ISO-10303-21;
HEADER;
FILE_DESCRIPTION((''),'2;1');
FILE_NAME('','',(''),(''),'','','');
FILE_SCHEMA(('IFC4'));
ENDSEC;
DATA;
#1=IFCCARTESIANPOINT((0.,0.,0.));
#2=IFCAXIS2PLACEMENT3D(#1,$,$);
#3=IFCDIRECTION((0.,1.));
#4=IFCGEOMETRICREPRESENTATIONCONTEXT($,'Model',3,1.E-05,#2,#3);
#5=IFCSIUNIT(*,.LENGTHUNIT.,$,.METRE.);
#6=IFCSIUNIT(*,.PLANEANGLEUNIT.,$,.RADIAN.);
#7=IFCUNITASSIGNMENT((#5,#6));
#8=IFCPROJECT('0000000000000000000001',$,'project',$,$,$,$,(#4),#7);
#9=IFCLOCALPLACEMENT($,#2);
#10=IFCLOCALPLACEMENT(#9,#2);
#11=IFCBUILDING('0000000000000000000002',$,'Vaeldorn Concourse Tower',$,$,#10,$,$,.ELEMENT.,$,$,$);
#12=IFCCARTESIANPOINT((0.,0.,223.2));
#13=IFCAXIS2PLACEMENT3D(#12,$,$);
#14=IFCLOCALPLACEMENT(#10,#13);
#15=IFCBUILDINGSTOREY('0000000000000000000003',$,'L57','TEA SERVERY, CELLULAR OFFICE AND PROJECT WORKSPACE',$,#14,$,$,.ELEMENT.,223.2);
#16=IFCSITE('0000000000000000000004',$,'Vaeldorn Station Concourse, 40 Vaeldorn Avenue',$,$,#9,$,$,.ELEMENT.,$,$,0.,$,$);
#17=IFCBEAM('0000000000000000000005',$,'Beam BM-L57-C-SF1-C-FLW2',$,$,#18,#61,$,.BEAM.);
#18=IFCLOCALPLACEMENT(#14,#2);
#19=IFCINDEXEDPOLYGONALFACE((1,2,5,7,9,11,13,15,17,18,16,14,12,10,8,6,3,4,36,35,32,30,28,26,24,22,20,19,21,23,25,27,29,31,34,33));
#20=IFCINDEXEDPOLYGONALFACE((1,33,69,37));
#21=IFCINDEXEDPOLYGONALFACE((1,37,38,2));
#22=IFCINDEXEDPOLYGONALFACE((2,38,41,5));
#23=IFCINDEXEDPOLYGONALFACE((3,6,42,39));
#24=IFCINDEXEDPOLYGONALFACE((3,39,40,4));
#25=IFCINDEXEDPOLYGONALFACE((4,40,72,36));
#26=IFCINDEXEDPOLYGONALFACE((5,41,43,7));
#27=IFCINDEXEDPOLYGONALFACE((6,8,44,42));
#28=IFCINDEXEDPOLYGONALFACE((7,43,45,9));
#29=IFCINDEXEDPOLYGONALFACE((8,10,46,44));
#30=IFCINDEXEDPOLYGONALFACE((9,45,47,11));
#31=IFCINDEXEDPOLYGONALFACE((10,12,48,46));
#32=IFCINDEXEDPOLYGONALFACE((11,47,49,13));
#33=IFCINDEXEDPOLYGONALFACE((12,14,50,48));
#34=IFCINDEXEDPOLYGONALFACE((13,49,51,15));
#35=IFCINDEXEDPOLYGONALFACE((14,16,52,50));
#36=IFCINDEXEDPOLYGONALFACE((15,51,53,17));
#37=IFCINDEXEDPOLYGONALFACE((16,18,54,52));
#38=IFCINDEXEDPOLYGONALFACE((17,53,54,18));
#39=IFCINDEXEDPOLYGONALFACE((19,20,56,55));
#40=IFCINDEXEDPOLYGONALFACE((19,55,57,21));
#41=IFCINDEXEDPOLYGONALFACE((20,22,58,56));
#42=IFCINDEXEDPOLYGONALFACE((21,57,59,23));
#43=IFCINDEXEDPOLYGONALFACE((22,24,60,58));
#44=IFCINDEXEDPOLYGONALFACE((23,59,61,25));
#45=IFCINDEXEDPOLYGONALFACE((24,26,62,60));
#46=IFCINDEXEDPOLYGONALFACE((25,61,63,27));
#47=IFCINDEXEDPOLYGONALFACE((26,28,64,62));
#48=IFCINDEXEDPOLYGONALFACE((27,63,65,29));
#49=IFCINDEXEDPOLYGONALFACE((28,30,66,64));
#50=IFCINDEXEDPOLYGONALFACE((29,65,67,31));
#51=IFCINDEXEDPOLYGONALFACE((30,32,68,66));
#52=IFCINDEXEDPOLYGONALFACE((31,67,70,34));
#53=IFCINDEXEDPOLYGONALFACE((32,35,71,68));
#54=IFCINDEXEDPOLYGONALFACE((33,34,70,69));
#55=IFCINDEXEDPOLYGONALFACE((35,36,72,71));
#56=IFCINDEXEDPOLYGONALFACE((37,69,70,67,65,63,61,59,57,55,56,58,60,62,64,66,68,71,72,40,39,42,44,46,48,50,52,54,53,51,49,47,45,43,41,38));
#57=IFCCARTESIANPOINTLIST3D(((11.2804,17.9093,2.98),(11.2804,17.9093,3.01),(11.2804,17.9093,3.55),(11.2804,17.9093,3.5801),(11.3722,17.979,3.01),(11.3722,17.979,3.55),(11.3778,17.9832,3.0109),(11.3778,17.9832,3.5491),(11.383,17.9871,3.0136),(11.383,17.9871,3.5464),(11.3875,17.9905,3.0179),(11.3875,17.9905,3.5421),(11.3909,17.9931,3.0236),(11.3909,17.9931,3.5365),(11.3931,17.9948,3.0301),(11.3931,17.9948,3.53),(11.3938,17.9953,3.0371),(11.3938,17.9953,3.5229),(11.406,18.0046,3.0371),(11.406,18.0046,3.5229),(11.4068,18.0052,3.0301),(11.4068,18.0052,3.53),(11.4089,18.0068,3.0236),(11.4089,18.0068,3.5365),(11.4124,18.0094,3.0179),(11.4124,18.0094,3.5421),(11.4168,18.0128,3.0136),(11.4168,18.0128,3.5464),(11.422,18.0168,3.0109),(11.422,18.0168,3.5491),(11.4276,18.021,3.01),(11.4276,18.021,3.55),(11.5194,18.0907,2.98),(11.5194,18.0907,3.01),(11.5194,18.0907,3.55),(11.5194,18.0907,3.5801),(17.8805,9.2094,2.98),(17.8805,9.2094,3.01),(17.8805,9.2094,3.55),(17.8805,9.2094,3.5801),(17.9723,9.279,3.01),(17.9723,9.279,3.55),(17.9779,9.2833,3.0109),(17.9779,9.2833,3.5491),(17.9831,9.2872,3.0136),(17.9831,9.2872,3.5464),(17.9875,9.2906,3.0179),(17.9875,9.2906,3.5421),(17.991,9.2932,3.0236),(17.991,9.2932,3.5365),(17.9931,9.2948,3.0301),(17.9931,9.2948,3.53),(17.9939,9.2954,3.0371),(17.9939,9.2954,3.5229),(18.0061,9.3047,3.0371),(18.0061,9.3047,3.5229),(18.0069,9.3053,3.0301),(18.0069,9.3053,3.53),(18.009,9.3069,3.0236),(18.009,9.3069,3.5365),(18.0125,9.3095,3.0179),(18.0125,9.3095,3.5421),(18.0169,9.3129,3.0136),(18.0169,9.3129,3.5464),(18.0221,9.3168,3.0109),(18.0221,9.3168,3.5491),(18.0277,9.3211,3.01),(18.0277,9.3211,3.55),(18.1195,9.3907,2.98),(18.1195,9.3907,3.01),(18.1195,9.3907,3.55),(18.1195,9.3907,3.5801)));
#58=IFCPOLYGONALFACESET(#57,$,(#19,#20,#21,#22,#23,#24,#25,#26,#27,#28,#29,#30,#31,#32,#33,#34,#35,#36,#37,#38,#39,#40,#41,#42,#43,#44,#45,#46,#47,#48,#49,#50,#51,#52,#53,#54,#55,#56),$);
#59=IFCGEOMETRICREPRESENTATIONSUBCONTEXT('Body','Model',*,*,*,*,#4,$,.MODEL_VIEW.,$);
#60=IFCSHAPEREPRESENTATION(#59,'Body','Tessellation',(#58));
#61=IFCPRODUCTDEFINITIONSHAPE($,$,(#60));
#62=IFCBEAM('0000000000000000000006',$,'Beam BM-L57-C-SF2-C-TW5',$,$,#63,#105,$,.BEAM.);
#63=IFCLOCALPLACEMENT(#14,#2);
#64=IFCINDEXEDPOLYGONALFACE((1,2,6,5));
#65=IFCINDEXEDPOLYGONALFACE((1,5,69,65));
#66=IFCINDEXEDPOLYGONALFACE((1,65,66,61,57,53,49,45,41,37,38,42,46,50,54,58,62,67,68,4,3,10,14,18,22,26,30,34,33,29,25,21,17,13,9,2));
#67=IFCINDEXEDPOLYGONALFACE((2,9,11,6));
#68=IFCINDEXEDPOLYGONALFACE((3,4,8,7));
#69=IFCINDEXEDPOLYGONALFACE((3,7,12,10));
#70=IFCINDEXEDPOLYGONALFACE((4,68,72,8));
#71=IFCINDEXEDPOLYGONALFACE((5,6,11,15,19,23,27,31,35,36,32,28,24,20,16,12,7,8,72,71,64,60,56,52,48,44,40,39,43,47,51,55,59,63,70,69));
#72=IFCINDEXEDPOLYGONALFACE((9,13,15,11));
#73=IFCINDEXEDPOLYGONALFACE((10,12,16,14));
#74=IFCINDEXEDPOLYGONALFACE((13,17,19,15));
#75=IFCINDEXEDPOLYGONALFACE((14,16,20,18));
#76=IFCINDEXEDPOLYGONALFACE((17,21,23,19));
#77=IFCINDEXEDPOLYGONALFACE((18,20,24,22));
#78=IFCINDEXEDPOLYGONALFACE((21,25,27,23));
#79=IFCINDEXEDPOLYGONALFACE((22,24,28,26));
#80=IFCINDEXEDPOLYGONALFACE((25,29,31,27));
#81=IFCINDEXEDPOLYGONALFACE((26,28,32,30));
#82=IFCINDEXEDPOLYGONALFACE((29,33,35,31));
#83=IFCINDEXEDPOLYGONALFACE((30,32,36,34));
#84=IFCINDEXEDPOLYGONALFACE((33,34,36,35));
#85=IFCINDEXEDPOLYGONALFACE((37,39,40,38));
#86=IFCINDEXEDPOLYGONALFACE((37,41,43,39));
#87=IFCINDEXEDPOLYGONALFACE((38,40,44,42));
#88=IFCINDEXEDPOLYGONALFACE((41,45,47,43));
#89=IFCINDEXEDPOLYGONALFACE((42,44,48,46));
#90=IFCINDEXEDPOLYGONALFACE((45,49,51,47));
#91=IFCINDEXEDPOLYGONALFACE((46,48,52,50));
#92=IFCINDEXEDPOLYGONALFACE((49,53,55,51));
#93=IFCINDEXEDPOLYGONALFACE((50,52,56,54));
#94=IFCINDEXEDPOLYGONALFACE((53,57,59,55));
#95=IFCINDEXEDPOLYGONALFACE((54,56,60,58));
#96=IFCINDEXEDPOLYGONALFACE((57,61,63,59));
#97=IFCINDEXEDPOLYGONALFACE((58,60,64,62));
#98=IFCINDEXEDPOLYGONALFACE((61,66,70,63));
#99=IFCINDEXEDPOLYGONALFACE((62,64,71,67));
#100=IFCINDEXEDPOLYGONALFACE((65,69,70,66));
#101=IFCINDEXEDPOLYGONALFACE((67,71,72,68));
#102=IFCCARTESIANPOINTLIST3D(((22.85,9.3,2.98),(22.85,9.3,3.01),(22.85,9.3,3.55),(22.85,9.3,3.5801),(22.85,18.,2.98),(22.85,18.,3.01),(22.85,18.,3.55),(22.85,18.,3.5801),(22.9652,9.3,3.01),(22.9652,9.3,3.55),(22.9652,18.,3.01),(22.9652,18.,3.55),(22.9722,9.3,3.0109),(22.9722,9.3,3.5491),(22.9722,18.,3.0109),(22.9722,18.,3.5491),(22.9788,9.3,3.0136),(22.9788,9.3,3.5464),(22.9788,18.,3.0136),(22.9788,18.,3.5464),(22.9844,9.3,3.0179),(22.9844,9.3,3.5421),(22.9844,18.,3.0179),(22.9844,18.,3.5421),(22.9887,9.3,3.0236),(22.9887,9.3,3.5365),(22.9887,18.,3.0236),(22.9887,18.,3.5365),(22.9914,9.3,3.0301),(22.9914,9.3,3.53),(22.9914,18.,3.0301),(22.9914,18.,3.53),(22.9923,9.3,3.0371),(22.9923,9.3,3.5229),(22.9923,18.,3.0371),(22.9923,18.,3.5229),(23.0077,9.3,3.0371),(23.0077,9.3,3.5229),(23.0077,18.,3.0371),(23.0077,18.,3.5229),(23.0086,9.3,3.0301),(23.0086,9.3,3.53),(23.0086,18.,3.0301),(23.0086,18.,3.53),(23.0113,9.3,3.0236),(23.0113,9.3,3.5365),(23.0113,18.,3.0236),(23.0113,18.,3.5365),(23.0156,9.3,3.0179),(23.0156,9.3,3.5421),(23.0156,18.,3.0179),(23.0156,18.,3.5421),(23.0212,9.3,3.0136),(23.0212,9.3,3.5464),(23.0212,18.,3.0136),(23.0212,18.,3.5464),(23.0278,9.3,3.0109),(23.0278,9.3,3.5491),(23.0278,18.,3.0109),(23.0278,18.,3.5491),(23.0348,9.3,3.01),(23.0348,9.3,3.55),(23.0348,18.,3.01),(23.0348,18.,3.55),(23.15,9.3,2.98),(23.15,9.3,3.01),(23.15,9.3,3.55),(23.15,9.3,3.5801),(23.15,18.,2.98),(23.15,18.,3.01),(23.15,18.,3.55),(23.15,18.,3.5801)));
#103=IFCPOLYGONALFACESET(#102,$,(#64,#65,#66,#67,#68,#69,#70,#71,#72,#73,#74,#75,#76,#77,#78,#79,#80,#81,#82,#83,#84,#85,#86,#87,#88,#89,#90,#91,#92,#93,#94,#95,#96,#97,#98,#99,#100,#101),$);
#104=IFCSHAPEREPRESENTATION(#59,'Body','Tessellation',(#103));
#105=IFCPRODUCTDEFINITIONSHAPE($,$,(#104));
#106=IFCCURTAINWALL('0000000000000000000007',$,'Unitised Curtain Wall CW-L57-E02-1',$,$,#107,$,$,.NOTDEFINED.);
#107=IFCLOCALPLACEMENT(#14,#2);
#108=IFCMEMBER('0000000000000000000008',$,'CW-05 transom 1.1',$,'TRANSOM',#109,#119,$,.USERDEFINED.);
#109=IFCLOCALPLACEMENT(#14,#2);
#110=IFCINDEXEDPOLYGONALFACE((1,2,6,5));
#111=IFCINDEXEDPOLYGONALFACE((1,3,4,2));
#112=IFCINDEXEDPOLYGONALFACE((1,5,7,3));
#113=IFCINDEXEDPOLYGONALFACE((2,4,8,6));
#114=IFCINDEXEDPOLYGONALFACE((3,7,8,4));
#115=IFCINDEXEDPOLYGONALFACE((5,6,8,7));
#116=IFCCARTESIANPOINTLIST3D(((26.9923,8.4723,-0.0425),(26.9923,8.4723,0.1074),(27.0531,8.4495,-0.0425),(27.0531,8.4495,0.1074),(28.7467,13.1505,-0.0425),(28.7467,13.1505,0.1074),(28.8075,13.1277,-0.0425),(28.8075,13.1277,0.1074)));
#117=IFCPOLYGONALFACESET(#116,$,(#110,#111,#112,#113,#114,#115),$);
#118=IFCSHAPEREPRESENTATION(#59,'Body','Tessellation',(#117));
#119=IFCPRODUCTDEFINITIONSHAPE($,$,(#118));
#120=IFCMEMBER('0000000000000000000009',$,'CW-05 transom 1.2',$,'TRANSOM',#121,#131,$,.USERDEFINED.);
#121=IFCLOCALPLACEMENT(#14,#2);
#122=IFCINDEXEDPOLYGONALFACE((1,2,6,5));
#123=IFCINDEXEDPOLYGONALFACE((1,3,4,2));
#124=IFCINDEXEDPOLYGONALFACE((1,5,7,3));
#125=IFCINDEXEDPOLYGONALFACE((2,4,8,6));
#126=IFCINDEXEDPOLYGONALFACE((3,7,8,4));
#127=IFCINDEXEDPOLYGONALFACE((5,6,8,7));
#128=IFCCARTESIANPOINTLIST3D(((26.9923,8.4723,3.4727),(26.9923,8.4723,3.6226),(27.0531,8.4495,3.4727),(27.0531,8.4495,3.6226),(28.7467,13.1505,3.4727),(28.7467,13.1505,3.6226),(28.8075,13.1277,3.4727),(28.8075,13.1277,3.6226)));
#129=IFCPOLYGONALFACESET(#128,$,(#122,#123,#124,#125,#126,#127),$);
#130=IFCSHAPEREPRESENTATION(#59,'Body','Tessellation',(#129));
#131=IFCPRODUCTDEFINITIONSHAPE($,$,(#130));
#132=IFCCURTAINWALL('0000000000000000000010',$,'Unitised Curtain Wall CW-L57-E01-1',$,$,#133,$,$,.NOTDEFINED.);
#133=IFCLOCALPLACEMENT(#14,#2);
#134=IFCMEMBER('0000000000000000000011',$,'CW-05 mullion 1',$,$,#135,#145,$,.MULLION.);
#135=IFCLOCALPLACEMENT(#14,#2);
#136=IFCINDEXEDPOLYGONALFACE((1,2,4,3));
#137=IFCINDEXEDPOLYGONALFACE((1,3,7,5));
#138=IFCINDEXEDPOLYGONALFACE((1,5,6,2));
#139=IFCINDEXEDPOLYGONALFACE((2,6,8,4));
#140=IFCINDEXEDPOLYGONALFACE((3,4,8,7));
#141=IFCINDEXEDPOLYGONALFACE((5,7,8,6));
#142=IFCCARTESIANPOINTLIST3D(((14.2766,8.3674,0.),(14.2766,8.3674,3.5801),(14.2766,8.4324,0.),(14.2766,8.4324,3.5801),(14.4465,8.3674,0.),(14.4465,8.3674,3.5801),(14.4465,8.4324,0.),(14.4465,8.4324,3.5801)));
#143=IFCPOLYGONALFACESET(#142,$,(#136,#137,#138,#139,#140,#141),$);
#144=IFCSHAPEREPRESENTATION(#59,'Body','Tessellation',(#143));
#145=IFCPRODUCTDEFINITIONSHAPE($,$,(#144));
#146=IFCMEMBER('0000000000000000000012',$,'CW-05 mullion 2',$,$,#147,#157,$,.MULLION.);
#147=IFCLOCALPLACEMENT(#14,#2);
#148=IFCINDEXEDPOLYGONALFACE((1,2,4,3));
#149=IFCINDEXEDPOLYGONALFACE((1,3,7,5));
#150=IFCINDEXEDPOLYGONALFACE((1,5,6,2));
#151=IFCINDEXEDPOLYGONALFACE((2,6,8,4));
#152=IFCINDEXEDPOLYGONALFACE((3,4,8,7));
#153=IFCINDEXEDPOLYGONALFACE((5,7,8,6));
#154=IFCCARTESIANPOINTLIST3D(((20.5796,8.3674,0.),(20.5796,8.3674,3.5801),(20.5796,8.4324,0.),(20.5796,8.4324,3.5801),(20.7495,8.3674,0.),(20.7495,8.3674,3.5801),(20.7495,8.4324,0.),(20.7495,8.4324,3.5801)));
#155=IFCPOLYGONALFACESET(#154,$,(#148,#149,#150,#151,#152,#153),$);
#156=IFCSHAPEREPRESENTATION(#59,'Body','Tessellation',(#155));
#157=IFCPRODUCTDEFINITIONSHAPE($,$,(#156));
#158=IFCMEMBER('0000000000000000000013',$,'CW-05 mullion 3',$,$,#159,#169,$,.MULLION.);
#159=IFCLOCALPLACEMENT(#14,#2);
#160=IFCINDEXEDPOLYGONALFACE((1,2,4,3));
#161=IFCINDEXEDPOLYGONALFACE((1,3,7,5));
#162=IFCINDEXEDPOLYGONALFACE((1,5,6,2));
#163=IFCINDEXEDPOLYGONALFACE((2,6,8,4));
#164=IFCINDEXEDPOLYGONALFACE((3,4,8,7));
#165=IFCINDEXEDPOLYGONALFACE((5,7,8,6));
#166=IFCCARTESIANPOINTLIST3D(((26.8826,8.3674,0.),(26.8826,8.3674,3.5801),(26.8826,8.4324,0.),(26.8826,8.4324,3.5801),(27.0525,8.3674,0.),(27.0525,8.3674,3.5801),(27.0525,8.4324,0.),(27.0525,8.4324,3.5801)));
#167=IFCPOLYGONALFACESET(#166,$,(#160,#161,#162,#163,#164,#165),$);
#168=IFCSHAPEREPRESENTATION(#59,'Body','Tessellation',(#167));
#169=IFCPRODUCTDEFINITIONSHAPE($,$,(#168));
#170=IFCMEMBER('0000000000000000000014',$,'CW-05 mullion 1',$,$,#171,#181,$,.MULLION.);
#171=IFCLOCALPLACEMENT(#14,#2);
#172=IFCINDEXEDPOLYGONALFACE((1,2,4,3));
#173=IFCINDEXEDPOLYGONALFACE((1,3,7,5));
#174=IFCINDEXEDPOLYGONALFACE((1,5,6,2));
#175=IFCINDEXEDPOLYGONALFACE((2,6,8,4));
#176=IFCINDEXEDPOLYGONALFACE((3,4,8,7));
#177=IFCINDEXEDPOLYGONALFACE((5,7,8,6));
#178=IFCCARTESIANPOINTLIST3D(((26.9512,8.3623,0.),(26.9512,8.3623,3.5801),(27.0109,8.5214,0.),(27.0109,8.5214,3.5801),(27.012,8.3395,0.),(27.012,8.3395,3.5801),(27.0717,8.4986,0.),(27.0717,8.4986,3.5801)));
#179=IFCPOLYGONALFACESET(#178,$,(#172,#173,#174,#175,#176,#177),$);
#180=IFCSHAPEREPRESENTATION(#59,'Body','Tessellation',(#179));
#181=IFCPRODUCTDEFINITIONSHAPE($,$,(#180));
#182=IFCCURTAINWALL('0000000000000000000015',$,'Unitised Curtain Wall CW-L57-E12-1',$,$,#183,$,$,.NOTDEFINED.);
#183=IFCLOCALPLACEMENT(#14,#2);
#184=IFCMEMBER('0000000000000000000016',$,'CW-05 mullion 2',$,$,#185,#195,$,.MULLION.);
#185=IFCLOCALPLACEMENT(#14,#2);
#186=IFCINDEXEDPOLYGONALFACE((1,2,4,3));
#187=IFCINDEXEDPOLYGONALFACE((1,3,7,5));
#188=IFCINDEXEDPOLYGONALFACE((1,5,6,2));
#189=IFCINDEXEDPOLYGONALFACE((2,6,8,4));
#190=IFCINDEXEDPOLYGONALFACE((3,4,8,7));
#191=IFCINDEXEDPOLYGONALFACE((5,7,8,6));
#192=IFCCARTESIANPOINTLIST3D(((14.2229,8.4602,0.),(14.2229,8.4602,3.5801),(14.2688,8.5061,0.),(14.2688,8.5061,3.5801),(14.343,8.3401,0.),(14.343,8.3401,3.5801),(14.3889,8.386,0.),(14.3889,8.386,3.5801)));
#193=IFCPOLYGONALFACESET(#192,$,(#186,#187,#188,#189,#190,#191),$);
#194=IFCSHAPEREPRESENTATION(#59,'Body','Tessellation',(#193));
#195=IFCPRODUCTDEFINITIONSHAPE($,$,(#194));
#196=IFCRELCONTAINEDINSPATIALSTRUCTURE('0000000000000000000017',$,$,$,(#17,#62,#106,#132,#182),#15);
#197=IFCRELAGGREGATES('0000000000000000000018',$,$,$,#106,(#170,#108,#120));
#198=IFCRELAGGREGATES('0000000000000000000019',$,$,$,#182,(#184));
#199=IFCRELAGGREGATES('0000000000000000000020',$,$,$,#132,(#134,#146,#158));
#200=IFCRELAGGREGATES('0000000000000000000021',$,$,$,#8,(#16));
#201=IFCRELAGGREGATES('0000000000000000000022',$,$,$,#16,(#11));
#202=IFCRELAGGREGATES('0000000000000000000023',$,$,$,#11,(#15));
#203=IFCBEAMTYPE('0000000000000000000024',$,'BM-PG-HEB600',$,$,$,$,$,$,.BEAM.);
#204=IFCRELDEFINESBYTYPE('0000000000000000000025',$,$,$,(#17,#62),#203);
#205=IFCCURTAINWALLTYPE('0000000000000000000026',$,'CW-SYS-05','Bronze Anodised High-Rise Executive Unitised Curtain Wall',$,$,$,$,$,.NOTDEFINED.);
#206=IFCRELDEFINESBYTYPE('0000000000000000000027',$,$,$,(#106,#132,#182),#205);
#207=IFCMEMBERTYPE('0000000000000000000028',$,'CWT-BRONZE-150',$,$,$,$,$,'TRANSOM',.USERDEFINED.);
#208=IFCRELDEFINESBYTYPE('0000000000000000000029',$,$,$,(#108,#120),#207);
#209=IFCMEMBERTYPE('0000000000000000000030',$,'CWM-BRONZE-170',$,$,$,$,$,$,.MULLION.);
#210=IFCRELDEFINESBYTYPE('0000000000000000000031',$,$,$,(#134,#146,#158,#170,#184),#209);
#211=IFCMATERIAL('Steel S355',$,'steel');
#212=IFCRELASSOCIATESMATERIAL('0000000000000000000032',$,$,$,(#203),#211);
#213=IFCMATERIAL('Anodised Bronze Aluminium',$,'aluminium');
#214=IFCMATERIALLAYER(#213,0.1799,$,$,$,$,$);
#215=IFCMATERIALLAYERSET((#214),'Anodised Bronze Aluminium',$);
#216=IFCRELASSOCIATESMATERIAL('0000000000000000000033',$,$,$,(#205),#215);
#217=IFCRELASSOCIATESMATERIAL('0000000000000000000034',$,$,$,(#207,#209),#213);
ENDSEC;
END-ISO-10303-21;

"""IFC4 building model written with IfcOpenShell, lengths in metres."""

from ifc_helpers import new_model, si_unit, direction, frame, origin, origin_2d, place, context, subcontext, project, spatial, rectangle, i_section, extrude, source, transform, mapped, material, layer, layer_set, material_profile, profile_set, type_object, element, aggregate, save


model = new_model("IFC4")

# Units and contexts
model_context = context("Model", 3, precision=1e-05, world=origin(), true_north=direction((0.0, 1.0)))
body_context = subcontext(model_context, "Body", "Model", "MODEL_VIEW")
ifc_project = project(units=[si_unit("LENGTHUNIT", "METRE"), si_unit("PLANEANGLEUNIT", "RADIAN")], contexts=[model_context])

# Site, building, storey
site_placement = place(None, origin())
site = spatial("IfcSite", under=ifc_project, at=site_placement, Name="Vaeldorn Station Concourse, 40 Vaeldorn Avenue", CompositionType="ELEMENT", RefElevation=0.0)
building_placement = place(site_placement, origin())
building = spatial("IfcBuilding", under=site, at=building_placement, Name="Vaeldorn Concourse Tower", CompositionType="ELEMENT")
storey_placement = place(building_placement, frame((0.0, 0.0, 223.2)))
storey = spatial("IfcBuildingStorey", under=building, at=storey_placement, Name="L57", Description="TEA SERVERY, CELLULAR OFFICE AND PROJECT WORKSPACE", CompositionType="ELEMENT", Elevation=223.2)

# Shared definitions
ifc_material_1 = material(Name="Steel S355", Category="steel")

# Beams
ifc_material_profile_1 = material_profile(ifc_material_1, i_section(OverallWidth=0.3, OverallDepth=0.6001, WebThickness=0.0154, FlangeThickness=0.03, FilletRadius=0.0271, at=origin_2d()), Name="HEB 600")
ifc_profile_set_1 = profile_set([ifc_material_profile_1], Name="Steel S355")
beam_type_1 = type_object("IfcBeamType", Name="BM-PG-HEB600", PredefinedType="BEAM", material=ifc_profile_set_1)
shared_shape_1 = source(origin(), body_context, "Body", "SweptSolid", [
    extrude(i_section(OverallWidth=0.3, OverallDepth=0.6001, WebThickness=0.0154, FlangeThickness=0.03, FilletRadius=0.0271, at=origin_2d()), origin(), (0.0, 0.0, 1.0), 10.9202),
])
beam_1_placement = place(storey_placement, frame((18.0, 9.3, 3.28), z_axis=(-0.604394, 0.796685, 0.0), x_axis=(-0.796685, -0.604394, 0.0)))
element("IfcBeam", 1, at=beam_1_placement, inside=storey, type_object=beam_type_1, Name="Beam BM-L57-C-SF1-C-FLW2", PredefinedType="BEAM", context=body_context, shape_type="MappedRepresentation", body=[
    mapped(shared_shape_1, transform((0.0, 0.0, 0.0), scale=1.0)),
])
shared_shape_2 = source(origin(), body_context, "Body", "SweptSolid", [
    extrude(i_section(OverallWidth=0.3, OverallDepth=0.6001, WebThickness=0.0154, FlangeThickness=0.03, FilletRadius=0.0271, at=origin_2d()), origin(), (0.0, 0.0, 1.0), 8.7),
])
beam_2_placement = place(storey_placement, frame((23.0, 9.3, 3.28), z_axis=(0.0, 1.0, 0.0), x_axis=(-1.0, 0.0, 0.0)))
element("IfcBeam", 2, at=beam_2_placement, inside=storey, type_object=beam_type_1, Name="Beam BM-L57-C-SF2-C-TW5", PredefinedType="BEAM", context=body_context, shape_type="MappedRepresentation", body=[
    mapped(shared_shape_2, transform((0.0, 0.0, 0.0), scale=1.0)),
])

# Curtain walls, members
ifc_material_2 = material(Name="Anodised Bronze Aluminium", Category="aluminium")
ifc_layer_1 = layer(ifc_material_2, 0.1799)
ifc_layer_set_1 = layer_set([ifc_layer_1], Name="Anodised Bronze Aluminium")
curtain_wall_type = type_object("IfcCurtainWallType", Name="CW-SYS-05", Description="Bronze Anodised High-Rise Executive Unitised Curtain Wall", PredefinedType="NOTDEFINED", material=ifc_layer_set_1)
curtain_wall_1_placement = place(storey_placement, origin())
curtain_wall_1 = element("IfcCurtainWall", 3, at=curtain_wall_1_placement, inside=storey, type_object=curtain_wall_type, Name="Unitised Curtain Wall CW-L57-E02-1", PredefinedType="NOTDEFINED")
ifc_material_profile_2 = material_profile(ifc_material_2, rectangle(XDim=0.0649, YDim=0.1499, at=origin_2d()), Name="CWT 65x150")
ifc_profile_set_2 = profile_set([ifc_material_profile_2], Name="Anodised Bronze Aluminium")
member_type_1 = type_object("IfcMemberType", Name="CWT-BRONZE-150", ElementType="TRANSOM", PredefinedType="USERDEFINED", material=ifc_profile_set_2)
shared_shape_3 = source(origin(), body_context, "Body", "SweptSolid", [
    extrude(rectangle(XDim=0.0649, YDim=0.1499, at=origin_2d()), origin(), (0.0, 0.0, 1.0), 4.9963),
])
member_1_placement = place(storey_placement, frame((27.0227, 8.4609, 0.0325), z_axis=(0.351134, 0.936325, 0.0), x_axis=(-0.936325, 0.351134, 0.0)))
member_1 = element("IfcMember", 4, at=member_1_placement, type_object=member_type_1, Name="CW-05 transom 1.1", ObjectType="TRANSOM", PredefinedType="USERDEFINED", context=body_context, shape_type="MappedRepresentation", body=[
    mapped(shared_shape_3, transform((0.0, 0.0, 0.0), scale=1.0)),
])
member_2_placement = place(storey_placement, frame((27.0227, 8.4609, 3.5476), z_axis=(0.351134, 0.936325, 0.0), x_axis=(-0.936325, 0.351134, 0.0)))
member_2 = element("IfcMember", 5, at=member_2_placement, type_object=member_type_1, Name="CW-05 transom 1.2", ObjectType="TRANSOM", PredefinedType="USERDEFINED", context=body_context, shape_type="MappedRepresentation", body=[
    mapped(shared_shape_3, transform((0.0, 0.0, 0.0), scale=1.0)),
])
curtain_wall_2_placement = place(storey_placement, origin())
curtain_wall_2 = element("IfcCurtainWall", 6, at=curtain_wall_2_placement, inside=storey, type_object=curtain_wall_type, Name="Unitised Curtain Wall CW-L57-E01-1", PredefinedType="NOTDEFINED")
ifc_material_profile_3 = material_profile(ifc_material_2, rectangle(XDim=0.0649, YDim=0.1699, at=origin_2d()), Name="CWM 65x170")
ifc_profile_set_3 = profile_set([ifc_material_profile_3], Name="Anodised Bronze Aluminium")
member_type_2 = type_object("IfcMemberType", Name="CWM-BRONZE-170", PredefinedType="MULLION", material=ifc_profile_set_3)
shared_shape_4 = source(origin(), body_context, "Body", "SweptSolid", [
    extrude(rectangle(XDim=0.0649, YDim=0.1699, at=origin_2d()), origin(), (0.0, 0.0, 1.0), 3.5801),
])
member_3_placement = place(storey_placement, frame((14.3616, 8.3999, 0.0), z_axis=(0.0, 0.0, 1.0), x_axis=(0.0, 1.0, 0.0)))
member_3 = element("IfcMember", 7, at=member_3_placement, type_object=member_type_2, Name="CW-05 mullion 1", PredefinedType="MULLION", context=body_context, shape_type="MappedRepresentation", body=[
    mapped(shared_shape_4, transform((0.0, 0.0, 0.0), scale=1.0)),
])
member_4_placement = place(storey_placement, frame((20.6646, 8.3999, 0.0), z_axis=(0.0, 0.0, 1.0), x_axis=(0.0, 1.0, 0.0)))
member_4 = element("IfcMember", 8, at=member_4_placement, type_object=member_type_2, Name="CW-05 mullion 2", PredefinedType="MULLION", context=body_context, shape_type="MappedRepresentation", body=[
    mapped(shared_shape_4, transform((0.0, 0.0, 0.0), scale=1.0)),
])
member_5_placement = place(storey_placement, frame((26.9675, 8.3999, 0.0), z_axis=(0.0, 0.0, 1.0), x_axis=(0.0, 1.0, 0.0)))
member_5 = element("IfcMember", 9, at=member_5_placement, type_object=member_type_2, Name="CW-05 mullion 3", PredefinedType="MULLION", context=body_context, shape_type="MappedRepresentation", body=[
    mapped(shared_shape_4, transform((0.0, 0.0, 0.0), scale=1.0)),
])

# Member
member_6_placement = place(storey_placement, frame((27.0115, 8.4304, 0.0), z_axis=(0.0, 0.0, 1.0), x_axis=(-0.936329, 0.351123, 0.0)))
member_6 = element("IfcMember", 10, at=member_6_placement, type_object=member_type_2, Name="CW-05 mullion 1", PredefinedType="MULLION", context=body_context, shape_type="MappedRepresentation", body=[
    mapped(shared_shape_4, transform((0.0, 0.0, 0.0), scale=1.0)),
])
aggregate(curtain_wall_1, [member_6, member_1, member_2])

# Curtain wall, member
curtain_wall_3_placement = place(storey_placement, origin())
curtain_wall_3 = element("IfcCurtainWall", 11, at=curtain_wall_3_placement, inside=storey, type_object=curtain_wall_type, Name="Unitised Curtain Wall CW-L57-E12-1", PredefinedType="NOTDEFINED")
member_7_placement = place(storey_placement, frame((14.3059, 8.4231, 0.0), z_axis=(0.0, 0.0, 1.0), x_axis=(0.707107, 0.707107, 0.0)))
member_7 = element("IfcMember", 12, at=member_7_placement, type_object=member_type_2, Name="CW-05 mullion 2", PredefinedType="MULLION", context=body_context, shape_type="MappedRepresentation", body=[
    mapped(shared_shape_4, transform((0.0, 0.0, 0.0), scale=1.0)),
])
aggregate(curtain_wall_3, [member_7])

aggregate(curtain_wall_2, [member_3, member_4, member_5])

save(model, "model.ifc")
